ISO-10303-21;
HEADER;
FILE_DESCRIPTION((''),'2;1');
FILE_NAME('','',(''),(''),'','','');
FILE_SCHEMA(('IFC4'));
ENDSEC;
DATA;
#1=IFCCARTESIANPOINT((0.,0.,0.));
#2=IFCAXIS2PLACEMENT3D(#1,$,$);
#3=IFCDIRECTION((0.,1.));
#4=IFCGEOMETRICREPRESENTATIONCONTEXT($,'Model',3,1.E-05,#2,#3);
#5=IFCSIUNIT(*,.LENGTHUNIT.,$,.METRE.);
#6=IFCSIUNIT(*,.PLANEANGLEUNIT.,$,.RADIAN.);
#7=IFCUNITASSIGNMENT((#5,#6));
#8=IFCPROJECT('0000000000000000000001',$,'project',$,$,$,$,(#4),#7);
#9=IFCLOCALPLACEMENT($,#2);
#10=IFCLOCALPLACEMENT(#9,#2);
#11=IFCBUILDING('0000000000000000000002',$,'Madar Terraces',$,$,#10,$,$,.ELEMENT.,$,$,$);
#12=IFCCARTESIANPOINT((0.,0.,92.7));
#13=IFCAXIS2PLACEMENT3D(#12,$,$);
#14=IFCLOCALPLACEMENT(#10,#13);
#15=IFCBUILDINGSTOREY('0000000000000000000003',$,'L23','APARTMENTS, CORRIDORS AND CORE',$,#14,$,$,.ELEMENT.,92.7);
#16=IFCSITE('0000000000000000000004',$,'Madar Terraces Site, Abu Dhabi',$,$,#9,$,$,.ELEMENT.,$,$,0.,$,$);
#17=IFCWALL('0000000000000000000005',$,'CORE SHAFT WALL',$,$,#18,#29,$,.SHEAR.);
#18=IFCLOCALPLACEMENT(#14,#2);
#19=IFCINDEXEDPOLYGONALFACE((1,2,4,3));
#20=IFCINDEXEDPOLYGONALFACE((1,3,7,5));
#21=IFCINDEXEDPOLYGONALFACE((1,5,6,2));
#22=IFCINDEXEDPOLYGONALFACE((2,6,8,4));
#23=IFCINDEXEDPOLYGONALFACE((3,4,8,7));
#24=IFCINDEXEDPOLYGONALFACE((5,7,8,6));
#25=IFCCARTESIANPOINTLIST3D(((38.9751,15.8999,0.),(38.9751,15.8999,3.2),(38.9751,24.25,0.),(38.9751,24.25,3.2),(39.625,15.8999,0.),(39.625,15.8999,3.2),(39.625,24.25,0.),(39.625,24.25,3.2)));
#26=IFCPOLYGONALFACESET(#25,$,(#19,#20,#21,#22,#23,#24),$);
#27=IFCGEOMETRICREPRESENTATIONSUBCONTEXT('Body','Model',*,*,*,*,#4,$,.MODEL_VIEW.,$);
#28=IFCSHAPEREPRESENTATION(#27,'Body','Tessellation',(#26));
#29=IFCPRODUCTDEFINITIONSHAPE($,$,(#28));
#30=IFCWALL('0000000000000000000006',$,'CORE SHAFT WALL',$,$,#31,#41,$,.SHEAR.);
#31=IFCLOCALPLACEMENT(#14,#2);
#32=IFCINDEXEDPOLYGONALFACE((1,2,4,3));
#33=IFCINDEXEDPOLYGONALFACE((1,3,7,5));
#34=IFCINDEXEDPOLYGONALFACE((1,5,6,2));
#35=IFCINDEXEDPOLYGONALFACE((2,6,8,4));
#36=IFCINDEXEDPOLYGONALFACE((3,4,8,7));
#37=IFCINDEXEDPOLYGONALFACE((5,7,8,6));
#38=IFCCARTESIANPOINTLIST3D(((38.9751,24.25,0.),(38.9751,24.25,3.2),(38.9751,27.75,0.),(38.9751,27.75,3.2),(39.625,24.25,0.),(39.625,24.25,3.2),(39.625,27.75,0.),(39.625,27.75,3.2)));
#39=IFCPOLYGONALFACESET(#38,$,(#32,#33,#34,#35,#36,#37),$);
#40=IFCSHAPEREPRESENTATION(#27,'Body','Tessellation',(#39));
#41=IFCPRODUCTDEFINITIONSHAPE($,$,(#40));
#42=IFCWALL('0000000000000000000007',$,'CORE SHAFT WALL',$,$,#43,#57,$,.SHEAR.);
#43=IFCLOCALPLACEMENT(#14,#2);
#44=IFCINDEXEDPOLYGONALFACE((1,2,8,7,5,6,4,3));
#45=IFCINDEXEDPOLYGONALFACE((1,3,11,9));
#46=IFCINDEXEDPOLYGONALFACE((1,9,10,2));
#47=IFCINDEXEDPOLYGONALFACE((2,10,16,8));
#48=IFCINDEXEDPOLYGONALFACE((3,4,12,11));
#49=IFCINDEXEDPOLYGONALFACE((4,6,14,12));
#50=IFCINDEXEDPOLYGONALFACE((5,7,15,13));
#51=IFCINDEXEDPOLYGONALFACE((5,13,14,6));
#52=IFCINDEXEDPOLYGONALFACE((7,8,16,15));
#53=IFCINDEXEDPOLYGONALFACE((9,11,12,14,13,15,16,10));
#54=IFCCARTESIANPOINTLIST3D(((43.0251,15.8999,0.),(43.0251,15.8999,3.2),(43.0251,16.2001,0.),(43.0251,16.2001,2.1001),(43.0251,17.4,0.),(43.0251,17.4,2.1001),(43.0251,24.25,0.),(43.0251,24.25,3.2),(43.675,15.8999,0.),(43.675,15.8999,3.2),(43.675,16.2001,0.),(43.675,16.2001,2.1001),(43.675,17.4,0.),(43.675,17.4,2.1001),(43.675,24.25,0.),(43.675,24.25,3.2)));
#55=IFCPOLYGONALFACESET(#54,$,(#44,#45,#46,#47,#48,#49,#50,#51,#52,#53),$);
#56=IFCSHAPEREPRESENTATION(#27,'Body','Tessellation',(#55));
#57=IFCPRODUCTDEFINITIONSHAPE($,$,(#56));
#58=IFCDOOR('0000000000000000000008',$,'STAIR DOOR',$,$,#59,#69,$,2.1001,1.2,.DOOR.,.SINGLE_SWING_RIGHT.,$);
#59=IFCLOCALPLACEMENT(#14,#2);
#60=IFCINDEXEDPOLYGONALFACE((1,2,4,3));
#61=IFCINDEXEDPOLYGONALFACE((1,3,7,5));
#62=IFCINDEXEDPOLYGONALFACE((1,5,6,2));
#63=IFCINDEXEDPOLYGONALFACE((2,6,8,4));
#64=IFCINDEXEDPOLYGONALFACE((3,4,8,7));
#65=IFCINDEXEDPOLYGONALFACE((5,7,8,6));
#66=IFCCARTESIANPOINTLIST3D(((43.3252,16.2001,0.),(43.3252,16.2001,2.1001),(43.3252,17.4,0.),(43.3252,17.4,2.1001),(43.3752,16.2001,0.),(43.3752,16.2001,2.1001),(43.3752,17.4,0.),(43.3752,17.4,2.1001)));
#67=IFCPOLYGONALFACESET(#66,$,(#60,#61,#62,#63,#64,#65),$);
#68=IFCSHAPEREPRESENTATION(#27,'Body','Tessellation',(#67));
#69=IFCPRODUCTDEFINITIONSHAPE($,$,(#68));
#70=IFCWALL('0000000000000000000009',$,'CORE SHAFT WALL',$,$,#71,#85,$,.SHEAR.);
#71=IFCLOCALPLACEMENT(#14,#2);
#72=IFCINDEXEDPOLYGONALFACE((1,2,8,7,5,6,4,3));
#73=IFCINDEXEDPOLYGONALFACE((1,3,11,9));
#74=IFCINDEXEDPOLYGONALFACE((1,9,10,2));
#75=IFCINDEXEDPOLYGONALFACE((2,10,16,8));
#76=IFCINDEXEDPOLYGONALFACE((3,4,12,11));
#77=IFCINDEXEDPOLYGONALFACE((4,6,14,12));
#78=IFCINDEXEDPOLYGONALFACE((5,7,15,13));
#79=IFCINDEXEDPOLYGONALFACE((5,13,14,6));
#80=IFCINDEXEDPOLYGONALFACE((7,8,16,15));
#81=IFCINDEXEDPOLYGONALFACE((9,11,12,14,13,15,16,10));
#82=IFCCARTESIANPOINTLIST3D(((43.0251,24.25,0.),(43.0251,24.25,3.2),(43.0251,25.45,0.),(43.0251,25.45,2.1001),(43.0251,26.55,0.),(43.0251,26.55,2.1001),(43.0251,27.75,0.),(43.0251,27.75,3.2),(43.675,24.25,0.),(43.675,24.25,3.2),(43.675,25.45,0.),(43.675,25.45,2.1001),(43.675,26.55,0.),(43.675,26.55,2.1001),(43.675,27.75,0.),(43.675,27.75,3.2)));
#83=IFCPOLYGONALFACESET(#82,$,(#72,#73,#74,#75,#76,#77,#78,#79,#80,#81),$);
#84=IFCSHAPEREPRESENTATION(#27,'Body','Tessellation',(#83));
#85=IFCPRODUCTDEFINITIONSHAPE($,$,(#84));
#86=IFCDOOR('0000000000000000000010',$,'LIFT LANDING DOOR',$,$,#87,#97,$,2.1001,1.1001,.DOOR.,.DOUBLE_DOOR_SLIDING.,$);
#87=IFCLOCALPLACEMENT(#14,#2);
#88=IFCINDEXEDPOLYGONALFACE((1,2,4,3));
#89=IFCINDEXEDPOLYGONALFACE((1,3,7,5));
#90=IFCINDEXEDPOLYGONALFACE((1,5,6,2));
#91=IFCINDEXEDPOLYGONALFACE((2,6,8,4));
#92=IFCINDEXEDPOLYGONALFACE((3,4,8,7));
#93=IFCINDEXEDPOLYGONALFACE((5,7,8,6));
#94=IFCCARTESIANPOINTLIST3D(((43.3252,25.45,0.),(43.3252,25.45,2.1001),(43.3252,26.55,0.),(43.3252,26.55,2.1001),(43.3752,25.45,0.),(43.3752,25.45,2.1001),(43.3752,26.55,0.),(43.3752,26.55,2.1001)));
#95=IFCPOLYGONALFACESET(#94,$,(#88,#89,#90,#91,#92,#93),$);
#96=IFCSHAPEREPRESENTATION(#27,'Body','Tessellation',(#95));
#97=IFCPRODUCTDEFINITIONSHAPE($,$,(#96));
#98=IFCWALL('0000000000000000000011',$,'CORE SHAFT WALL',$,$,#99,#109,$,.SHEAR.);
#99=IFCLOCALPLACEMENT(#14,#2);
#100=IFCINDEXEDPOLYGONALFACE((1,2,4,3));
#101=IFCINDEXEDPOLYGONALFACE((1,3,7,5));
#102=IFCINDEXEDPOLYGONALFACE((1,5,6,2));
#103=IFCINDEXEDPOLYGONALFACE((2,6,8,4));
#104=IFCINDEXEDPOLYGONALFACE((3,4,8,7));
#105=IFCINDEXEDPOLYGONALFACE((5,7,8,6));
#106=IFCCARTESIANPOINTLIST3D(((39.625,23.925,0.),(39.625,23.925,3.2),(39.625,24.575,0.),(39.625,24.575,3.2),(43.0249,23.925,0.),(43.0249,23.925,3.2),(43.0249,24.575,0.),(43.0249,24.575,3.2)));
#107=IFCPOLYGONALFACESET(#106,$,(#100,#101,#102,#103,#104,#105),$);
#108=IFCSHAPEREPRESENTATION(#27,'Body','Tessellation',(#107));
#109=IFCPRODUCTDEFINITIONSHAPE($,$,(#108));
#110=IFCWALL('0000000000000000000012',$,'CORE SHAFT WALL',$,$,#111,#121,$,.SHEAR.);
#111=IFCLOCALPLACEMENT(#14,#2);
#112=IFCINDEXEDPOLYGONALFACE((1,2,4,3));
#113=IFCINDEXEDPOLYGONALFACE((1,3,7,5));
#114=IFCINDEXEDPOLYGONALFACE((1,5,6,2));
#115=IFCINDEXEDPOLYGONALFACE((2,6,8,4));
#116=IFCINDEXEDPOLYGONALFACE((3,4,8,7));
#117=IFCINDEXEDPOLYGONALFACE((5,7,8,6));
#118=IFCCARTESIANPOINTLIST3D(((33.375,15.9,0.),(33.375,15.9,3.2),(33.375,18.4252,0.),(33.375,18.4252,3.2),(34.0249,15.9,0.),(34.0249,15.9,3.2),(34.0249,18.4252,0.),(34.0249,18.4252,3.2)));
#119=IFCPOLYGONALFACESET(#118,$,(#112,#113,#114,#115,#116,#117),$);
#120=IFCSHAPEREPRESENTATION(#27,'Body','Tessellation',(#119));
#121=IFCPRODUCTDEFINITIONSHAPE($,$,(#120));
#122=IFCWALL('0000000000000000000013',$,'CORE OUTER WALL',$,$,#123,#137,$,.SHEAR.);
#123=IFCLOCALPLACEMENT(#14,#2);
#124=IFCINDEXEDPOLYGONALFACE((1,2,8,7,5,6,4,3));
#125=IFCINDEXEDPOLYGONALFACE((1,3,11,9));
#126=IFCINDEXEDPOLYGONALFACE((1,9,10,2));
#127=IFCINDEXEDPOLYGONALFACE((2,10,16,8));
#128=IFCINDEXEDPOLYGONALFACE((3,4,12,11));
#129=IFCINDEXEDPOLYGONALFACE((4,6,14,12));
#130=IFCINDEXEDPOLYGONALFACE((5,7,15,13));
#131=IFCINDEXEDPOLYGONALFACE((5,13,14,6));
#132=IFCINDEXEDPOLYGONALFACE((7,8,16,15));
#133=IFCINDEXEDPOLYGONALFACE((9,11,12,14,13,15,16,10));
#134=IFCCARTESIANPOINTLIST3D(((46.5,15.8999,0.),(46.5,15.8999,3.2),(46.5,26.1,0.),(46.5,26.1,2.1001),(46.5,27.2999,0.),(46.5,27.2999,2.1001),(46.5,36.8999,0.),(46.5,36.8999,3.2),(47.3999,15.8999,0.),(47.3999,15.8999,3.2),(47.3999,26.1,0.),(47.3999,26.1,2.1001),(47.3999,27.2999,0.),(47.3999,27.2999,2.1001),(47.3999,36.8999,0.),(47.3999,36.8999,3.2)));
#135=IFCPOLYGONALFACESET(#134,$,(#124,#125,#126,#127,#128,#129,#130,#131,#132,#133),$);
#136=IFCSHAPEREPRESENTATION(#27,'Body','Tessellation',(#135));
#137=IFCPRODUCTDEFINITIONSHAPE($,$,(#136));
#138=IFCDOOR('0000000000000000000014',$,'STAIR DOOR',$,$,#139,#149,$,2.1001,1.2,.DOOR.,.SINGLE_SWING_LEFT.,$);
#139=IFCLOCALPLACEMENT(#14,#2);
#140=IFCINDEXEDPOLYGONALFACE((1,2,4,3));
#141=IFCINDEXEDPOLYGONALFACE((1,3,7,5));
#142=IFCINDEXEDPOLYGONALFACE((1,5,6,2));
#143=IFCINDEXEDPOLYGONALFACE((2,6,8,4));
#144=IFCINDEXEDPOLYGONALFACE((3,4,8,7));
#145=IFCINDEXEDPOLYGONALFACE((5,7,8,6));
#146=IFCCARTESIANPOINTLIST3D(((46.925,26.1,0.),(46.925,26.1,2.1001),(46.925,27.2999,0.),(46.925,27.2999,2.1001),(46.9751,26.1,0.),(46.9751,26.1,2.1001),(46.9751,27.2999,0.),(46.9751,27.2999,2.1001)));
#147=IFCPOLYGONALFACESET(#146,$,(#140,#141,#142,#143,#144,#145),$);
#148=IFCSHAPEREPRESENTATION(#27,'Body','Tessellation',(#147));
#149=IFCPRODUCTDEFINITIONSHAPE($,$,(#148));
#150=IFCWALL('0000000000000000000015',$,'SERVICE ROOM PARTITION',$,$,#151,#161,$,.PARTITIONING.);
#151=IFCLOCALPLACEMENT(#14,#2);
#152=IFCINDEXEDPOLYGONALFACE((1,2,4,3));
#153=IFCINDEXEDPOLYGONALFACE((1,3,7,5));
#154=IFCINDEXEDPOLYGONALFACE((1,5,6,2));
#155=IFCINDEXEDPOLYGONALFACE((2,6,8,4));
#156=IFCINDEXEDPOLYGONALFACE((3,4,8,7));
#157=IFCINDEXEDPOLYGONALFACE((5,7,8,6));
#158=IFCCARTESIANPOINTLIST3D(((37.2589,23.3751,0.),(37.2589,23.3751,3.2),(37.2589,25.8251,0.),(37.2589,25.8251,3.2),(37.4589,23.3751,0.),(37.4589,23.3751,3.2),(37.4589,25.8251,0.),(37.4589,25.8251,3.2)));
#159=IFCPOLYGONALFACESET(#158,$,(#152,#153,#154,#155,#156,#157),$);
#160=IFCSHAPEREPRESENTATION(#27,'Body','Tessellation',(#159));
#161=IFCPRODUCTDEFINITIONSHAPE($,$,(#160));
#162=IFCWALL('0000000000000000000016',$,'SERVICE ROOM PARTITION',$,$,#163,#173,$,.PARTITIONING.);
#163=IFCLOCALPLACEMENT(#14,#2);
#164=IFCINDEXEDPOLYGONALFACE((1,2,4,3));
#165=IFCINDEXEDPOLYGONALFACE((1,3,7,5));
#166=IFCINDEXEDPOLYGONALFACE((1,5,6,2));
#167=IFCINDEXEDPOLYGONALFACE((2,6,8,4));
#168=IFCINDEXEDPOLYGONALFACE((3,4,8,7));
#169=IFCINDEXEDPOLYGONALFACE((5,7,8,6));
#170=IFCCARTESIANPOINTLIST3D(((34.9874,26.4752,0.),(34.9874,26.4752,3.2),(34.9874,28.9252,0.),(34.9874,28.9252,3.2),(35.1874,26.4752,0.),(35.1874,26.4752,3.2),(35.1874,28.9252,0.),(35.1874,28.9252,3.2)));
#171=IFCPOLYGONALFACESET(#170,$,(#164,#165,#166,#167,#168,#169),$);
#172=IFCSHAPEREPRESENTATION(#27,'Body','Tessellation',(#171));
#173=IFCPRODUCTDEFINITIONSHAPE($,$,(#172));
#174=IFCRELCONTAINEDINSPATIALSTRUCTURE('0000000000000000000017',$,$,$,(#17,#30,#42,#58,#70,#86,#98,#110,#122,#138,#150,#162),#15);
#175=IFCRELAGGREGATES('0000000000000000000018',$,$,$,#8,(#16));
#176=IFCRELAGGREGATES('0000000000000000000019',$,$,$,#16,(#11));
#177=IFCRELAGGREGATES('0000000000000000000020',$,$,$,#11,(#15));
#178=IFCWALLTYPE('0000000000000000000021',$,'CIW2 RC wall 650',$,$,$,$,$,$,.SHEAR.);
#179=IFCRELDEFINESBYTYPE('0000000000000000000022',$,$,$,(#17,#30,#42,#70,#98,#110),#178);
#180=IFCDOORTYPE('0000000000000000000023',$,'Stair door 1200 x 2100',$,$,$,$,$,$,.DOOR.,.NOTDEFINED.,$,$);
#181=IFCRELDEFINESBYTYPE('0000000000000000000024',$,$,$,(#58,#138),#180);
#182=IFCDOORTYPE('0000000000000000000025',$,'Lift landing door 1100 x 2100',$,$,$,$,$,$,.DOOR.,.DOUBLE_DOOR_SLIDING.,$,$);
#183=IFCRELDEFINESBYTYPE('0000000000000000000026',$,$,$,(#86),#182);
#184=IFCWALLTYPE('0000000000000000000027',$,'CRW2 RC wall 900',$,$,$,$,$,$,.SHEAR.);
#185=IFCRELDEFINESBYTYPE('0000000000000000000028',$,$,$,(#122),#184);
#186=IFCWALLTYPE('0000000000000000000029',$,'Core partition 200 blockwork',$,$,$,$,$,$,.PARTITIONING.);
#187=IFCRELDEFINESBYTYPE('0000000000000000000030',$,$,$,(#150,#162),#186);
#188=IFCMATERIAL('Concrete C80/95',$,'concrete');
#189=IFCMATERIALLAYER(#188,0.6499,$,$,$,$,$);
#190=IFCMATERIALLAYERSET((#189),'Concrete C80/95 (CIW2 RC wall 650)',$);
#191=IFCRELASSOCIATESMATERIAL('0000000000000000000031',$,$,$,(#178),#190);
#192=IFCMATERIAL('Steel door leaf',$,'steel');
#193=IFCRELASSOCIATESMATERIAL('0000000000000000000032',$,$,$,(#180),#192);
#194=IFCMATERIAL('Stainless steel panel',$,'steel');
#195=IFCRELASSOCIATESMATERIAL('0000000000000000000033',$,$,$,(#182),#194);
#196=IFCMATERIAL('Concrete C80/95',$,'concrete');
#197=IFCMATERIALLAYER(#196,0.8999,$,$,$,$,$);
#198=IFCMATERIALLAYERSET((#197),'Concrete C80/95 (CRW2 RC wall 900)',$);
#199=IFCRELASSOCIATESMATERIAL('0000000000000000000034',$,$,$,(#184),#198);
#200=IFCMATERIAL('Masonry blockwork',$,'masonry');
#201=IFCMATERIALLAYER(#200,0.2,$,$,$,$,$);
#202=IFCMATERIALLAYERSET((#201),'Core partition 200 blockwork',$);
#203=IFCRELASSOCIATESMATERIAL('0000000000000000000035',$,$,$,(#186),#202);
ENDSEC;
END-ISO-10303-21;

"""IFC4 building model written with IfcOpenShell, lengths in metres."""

from ifc_helpers import new_model, si_unit, direction, frame, frame_2d, origin, place, context, subcontext, project, spatial, rectangle, extrude, material, layer, layer_set, type_object, element, fill, save


model = new_model("IFC4")

# Units and contexts
model_context = context("Model", 3, precision=1e-05, world=origin(), true_north=direction((0.0, 1.0)))
body_context = subcontext(model_context, "Body", "Model", "MODEL_VIEW")
ifc_project = project(units=[si_unit("LENGTHUNIT", "METRE"), si_unit("PLANEANGLEUNIT", "RADIAN")], contexts=[model_context])

# Site, building, storey
site_placement = place(None, origin())
site = spatial("IfcSite", under=ifc_project, at=site_placement, Name="Madar Terraces Site, Abu Dhabi", CompositionType="ELEMENT", RefElevation=0.0)
building_placement = place(site_placement, origin())
building = spatial("IfcBuilding", under=site, at=building_placement, Name="Madar Terraces", CompositionType="ELEMENT")
storey_placement = place(building_placement, frame((0.0, 0.0, 92.7)))
storey = spatial("IfcBuildingStorey", under=building, at=storey_placement, Name="L23", Description="APARTMENTS, CORRIDORS AND CORE", CompositionType="ELEMENT", Elevation=92.7)

# Walls
ifc_material_1 = material(Name="Concrete C80/95", Category="concrete")
ifc_layer_1 = layer(ifc_material_1, 0.6499)
ifc_layer_set_1 = layer_set([ifc_layer_1], Name="Concrete C80/95 (CIW2 RC wall 650)")
wall_type_1 = type_object("IfcWallType", Name="CIW2 RC wall 650", PredefinedType="SHEAR", material=ifc_layer_set_1)
wall_1_placement = place(storey_placement, frame((39.3, 15.8999, 0.0), z_axis=(0.0, 0.0, 1.0), x_axis=(0.0, 1.0, 0.0)))
element("IfcWall", 1, at=wall_1_placement, inside=storey, type_object=wall_type_1, Name="CORE SHAFT WALL", PredefinedType="SHEAR", context=body_context, shape_type="SweptSolid", body=[
    extrude(rectangle(XDim=8.3501, YDim=0.6499, at=frame_2d((4.175, 0.0))), origin(), (0.0, 0.0, 1.0), 3.2),
])
wall_2_placement = place(storey_placement, frame((39.3, 24.25, 0.0), z_axis=(0.0, 0.0, 1.0), x_axis=(0.0, 1.0, 0.0)))
element("IfcWall", 2, at=wall_2_placement, inside=storey, type_object=wall_type_1, Name="CORE SHAFT WALL", PredefinedType="SHEAR", context=body_context, shape_type="SweptSolid", body=[
    extrude(rectangle(XDim=3.5, YDim=0.6499, at=frame_2d((1.75, 0.0))), origin(), (0.0, 0.0, 1.0), 3.2),
])

# Walls, openings, doors
wall_3_placement = place(storey_placement, frame((43.3501, 15.8999, 0.0), z_axis=(0.0, 0.0, 1.0), x_axis=(0.0, 1.0, 0.0)))
wall_3 = element("IfcWall", 3, at=wall_3_placement, inside=storey, type_object=wall_type_1, Name="CORE SHAFT WALL", PredefinedType="SHEAR", context=body_context, shape_type="SweptSolid", body=[
    extrude(rectangle(XDim=8.3501, YDim=0.6499, at=frame_2d((4.175, 0.0))), origin(), (0.0, 0.0, 1.0), 3.2),
])
opening_1_placement = place(wall_3_placement, frame((0.3, 0.0, 0.0)))
opening_1 = element("IfcOpeningElement", 4, at=opening_1_placement, cuts=wall_3, PredefinedType="OPENING", context=body_context, shape_type="SweptSolid", body=[
    extrude(rectangle(XDim=1.2, YDim=2.1001, at=frame_2d((0.6001, 1.05))), frame((0.0, 0.335, 0.0), z_axis=(0.0, -1.0, 0.0), x_axis=(1.0, 0.0, 0.0)), (0.0, 0.0, 1.0), 0.6699),
])
ifc_material_2 = material(Name="Steel door leaf", Category="steel")
door_type_1 = type_object("IfcDoorType", Name="Stair door 1200 x 2100", OperationType="NOTDEFINED", PredefinedType="DOOR", material=ifc_material_2)
door_1_placement = place(opening_1_placement, origin())
door_1 = element("IfcDoor", 5, at=door_1_placement, inside=storey, type_object=door_type_1, Name="STAIR DOOR", OperationType="SINGLE_SWING_RIGHT", OverallHeight=2.1001, OverallWidth=1.2, PredefinedType="DOOR", context=body_context, shape_type="SweptSolid", body=[
    extrude(rectangle(XDim=1.2, YDim=2.1001, at=frame_2d((0.6001, 1.05))), frame((0.0, 0.0249, 0.0), z_axis=(0.0, -1.0, 0.0), x_axis=(1.0, 0.0, 0.0)), (0.0, 0.0, 1.0), 0.05),
])
fill(opening_1, door_1)
wall_4_placement = place(storey_placement, frame((43.3501, 24.25, 0.0), z_axis=(0.0, 0.0, 1.0), x_axis=(0.0, 1.0, 0.0)))
wall_4 = element("IfcWall", 6, at=wall_4_placement, inside=storey, type_object=wall_type_1, Name="CORE SHAFT WALL", PredefinedType="SHEAR", context=body_context, shape_type="SweptSolid", body=[
    extrude(rectangle(XDim=3.5, YDim=0.6499, at=frame_2d((1.75, 0.0))), origin(), (0.0, 0.0, 1.0), 3.2),
])
opening_2_placement = place(wall_4_placement, frame((1.2, 0.0, 0.0)))
opening_2 = element("IfcOpeningElement", 7, at=opening_2_placement, cuts=wall_4, PredefinedType="OPENING", context=body_context, shape_type="SweptSolid", body=[
    extrude(rectangle(XDim=1.1001, YDim=2.1001, at=frame_2d((0.55, 1.05))), frame((0.0, 0.335, 0.0), z_axis=(0.0, -1.0, 0.0), x_axis=(1.0, 0.0, 0.0)), (0.0, 0.0, 1.0), 0.6699),
])
ifc_material_3 = material(Name="Stainless steel panel", Category="steel")
door_type_2 = type_object("IfcDoorType", Name="Lift landing door 1100 x 2100", OperationType="DOUBLE_DOOR_SLIDING", PredefinedType="DOOR", material=ifc_material_3)
door_2_placement = place(opening_2_placement, origin())
door_2 = element("IfcDoor", 8, at=door_2_placement, inside=storey, type_object=door_type_2, Name="LIFT LANDING DOOR", OperationType="DOUBLE_DOOR_SLIDING", OverallHeight=2.1001, OverallWidth=1.1001, PredefinedType="DOOR", context=body_context, shape_type="SweptSolid", body=[
    extrude(rectangle(XDim=1.1001, YDim=2.1001, at=frame_2d((0.55, 1.05))), frame((0.0, 0.0249, 0.0), z_axis=(0.0, -1.0, 0.0), x_axis=(1.0, 0.0, 0.0)), (0.0, 0.0, 1.0), 0.05),
])
fill(opening_2, door_2)

# Walls
wall_5_placement = place(storey_placement, frame((39.625, 24.25, 0.0), z_axis=(0.0, 0.0, 1.0), x_axis=(1.0, 0.0, 0.0)))
element("IfcWall", 9, at=wall_5_placement, inside=storey, type_object=wall_type_1, Name="CORE SHAFT WALL", PredefinedType="SHEAR", context=body_context, shape_type="SweptSolid", body=[
    extrude(rectangle(XDim=3.3999, YDim=0.6499, at=frame_2d((1.7, 0.0))), origin(), (0.0, 0.0, 1.0), 3.2),
])
wall_6_placement = place(storey_placement, frame((33.7, 15.8999, 0.0), z_axis=(0.0, 0.0, 1.0), x_axis=(0.0, 1.0, 0.0)))
element("IfcWall", 10, at=wall_6_placement, inside=storey, type_object=wall_type_1, Name="CORE SHAFT WALL", PredefinedType="SHEAR", context=body_context, shape_type="SweptSolid", body=[
    extrude(rectangle(XDim=2.5251, YDim=0.6499, at=frame_2d((1.2627, 0.0))), origin(), (0.0, 0.0, 1.0), 3.2),
])

# Wall, opening, door
ifc_material_4 = material(Name="Concrete C80/95", Category="concrete")
ifc_layer_2 = layer(ifc_material_4, 0.8999)
ifc_layer_set_2 = layer_set([ifc_layer_2], Name="Concrete C80/95 (CRW2 RC wall 900)")
wall_type_2 = type_object("IfcWallType", Name="CRW2 RC wall 900", PredefinedType="SHEAR", material=ifc_layer_set_2)
wall_7_placement = place(storey_placement, frame((46.95, 15.8999, 0.0), z_axis=(0.0, 0.0, 1.0), x_axis=(0.0, 1.0, 0.0)))
wall_7 = element("IfcWall", 11, at=wall_7_placement, inside=storey, type_object=wall_type_2, Name="CORE OUTER WALL", PredefinedType="SHEAR", context=body_context, shape_type="SweptSolid", body=[
    extrude(rectangle(XDim=21.0, YDim=0.8999, at=frame_2d((10.5, 0.0))), origin(), (0.0, 0.0, 1.0), 3.2),
])
opening_3_placement = place(wall_7_placement, frame((10.2, 0.0, 0.0)))
opening_3 = element("IfcOpeningElement", 12, at=opening_3_placement, cuts=wall_7, PredefinedType="OPENING", context=body_context, shape_type="SweptSolid", body=[
    extrude(rectangle(XDim=1.2, YDim=2.1001, at=frame_2d((0.6001, 1.05))), frame((0.0, 0.46, 0.0), z_axis=(0.0, -1.0, 0.0), x_axis=(1.0, 0.0, 0.0)), (0.0, 0.0, 1.0), 0.9199),
])
door_3_placement = place(opening_3_placement, origin())
door_3 = element("IfcDoor", 13, at=door_3_placement, inside=storey, type_object=door_type_1, Name="STAIR DOOR", OperationType="SINGLE_SWING_LEFT", OverallHeight=2.1001, OverallWidth=1.2, PredefinedType="DOOR", context=body_context, shape_type="SweptSolid", body=[
    extrude(rectangle(XDim=1.2, YDim=2.1001, at=frame_2d((0.6001, 1.05))), frame((0.0, 0.0249, 0.0), z_axis=(0.0, -1.0, 0.0), x_axis=(1.0, 0.0, 0.0)), (0.0, 0.0, 1.0), 0.05),
])
fill(opening_3, door_3)

# Walls
ifc_material_5 = material(Name="Masonry blockwork", Category="masonry")
ifc_layer_3 = layer(ifc_material_5, 0.2)
ifc_layer_set_3 = layer_set([ifc_layer_3], Name="Core partition 200 blockwork")
wall_type_3 = type_object("IfcWallType", Name="Core partition 200 blockwork", PredefinedType="PARTITIONING", material=ifc_layer_set_3)
for number, where, z_axis, x_axis, name in (
    (14, (37.3589, 23.375, 0.0), (0.0, 0.0, 1.0), (0.0, 1.0, 0.0), "SERVICE ROOM PARTITION"),
    (15, (35.0874, 26.4751, 0.0), (0.0, 0.0, 1.0), (0.0, 1.0, 0.0), "SERVICE ROOM PARTITION"),
):
    element("IfcWall", number, at=place(storey_placement, frame(where, z_axis=z_axis, x_axis=x_axis)), inside=storey, type_object=wall_type_3, Name=name, PredefinedType="PARTITIONING", context=body_context, shape_type="SweptSolid", body=[
        extrude(rectangle(XDim=2.45, YDim=0.2, at=frame_2d((1.2251, 0.0))), origin(), (0.0, 0.0, 1.0), 3.2),
    ])

save(model, "model.ifc")
